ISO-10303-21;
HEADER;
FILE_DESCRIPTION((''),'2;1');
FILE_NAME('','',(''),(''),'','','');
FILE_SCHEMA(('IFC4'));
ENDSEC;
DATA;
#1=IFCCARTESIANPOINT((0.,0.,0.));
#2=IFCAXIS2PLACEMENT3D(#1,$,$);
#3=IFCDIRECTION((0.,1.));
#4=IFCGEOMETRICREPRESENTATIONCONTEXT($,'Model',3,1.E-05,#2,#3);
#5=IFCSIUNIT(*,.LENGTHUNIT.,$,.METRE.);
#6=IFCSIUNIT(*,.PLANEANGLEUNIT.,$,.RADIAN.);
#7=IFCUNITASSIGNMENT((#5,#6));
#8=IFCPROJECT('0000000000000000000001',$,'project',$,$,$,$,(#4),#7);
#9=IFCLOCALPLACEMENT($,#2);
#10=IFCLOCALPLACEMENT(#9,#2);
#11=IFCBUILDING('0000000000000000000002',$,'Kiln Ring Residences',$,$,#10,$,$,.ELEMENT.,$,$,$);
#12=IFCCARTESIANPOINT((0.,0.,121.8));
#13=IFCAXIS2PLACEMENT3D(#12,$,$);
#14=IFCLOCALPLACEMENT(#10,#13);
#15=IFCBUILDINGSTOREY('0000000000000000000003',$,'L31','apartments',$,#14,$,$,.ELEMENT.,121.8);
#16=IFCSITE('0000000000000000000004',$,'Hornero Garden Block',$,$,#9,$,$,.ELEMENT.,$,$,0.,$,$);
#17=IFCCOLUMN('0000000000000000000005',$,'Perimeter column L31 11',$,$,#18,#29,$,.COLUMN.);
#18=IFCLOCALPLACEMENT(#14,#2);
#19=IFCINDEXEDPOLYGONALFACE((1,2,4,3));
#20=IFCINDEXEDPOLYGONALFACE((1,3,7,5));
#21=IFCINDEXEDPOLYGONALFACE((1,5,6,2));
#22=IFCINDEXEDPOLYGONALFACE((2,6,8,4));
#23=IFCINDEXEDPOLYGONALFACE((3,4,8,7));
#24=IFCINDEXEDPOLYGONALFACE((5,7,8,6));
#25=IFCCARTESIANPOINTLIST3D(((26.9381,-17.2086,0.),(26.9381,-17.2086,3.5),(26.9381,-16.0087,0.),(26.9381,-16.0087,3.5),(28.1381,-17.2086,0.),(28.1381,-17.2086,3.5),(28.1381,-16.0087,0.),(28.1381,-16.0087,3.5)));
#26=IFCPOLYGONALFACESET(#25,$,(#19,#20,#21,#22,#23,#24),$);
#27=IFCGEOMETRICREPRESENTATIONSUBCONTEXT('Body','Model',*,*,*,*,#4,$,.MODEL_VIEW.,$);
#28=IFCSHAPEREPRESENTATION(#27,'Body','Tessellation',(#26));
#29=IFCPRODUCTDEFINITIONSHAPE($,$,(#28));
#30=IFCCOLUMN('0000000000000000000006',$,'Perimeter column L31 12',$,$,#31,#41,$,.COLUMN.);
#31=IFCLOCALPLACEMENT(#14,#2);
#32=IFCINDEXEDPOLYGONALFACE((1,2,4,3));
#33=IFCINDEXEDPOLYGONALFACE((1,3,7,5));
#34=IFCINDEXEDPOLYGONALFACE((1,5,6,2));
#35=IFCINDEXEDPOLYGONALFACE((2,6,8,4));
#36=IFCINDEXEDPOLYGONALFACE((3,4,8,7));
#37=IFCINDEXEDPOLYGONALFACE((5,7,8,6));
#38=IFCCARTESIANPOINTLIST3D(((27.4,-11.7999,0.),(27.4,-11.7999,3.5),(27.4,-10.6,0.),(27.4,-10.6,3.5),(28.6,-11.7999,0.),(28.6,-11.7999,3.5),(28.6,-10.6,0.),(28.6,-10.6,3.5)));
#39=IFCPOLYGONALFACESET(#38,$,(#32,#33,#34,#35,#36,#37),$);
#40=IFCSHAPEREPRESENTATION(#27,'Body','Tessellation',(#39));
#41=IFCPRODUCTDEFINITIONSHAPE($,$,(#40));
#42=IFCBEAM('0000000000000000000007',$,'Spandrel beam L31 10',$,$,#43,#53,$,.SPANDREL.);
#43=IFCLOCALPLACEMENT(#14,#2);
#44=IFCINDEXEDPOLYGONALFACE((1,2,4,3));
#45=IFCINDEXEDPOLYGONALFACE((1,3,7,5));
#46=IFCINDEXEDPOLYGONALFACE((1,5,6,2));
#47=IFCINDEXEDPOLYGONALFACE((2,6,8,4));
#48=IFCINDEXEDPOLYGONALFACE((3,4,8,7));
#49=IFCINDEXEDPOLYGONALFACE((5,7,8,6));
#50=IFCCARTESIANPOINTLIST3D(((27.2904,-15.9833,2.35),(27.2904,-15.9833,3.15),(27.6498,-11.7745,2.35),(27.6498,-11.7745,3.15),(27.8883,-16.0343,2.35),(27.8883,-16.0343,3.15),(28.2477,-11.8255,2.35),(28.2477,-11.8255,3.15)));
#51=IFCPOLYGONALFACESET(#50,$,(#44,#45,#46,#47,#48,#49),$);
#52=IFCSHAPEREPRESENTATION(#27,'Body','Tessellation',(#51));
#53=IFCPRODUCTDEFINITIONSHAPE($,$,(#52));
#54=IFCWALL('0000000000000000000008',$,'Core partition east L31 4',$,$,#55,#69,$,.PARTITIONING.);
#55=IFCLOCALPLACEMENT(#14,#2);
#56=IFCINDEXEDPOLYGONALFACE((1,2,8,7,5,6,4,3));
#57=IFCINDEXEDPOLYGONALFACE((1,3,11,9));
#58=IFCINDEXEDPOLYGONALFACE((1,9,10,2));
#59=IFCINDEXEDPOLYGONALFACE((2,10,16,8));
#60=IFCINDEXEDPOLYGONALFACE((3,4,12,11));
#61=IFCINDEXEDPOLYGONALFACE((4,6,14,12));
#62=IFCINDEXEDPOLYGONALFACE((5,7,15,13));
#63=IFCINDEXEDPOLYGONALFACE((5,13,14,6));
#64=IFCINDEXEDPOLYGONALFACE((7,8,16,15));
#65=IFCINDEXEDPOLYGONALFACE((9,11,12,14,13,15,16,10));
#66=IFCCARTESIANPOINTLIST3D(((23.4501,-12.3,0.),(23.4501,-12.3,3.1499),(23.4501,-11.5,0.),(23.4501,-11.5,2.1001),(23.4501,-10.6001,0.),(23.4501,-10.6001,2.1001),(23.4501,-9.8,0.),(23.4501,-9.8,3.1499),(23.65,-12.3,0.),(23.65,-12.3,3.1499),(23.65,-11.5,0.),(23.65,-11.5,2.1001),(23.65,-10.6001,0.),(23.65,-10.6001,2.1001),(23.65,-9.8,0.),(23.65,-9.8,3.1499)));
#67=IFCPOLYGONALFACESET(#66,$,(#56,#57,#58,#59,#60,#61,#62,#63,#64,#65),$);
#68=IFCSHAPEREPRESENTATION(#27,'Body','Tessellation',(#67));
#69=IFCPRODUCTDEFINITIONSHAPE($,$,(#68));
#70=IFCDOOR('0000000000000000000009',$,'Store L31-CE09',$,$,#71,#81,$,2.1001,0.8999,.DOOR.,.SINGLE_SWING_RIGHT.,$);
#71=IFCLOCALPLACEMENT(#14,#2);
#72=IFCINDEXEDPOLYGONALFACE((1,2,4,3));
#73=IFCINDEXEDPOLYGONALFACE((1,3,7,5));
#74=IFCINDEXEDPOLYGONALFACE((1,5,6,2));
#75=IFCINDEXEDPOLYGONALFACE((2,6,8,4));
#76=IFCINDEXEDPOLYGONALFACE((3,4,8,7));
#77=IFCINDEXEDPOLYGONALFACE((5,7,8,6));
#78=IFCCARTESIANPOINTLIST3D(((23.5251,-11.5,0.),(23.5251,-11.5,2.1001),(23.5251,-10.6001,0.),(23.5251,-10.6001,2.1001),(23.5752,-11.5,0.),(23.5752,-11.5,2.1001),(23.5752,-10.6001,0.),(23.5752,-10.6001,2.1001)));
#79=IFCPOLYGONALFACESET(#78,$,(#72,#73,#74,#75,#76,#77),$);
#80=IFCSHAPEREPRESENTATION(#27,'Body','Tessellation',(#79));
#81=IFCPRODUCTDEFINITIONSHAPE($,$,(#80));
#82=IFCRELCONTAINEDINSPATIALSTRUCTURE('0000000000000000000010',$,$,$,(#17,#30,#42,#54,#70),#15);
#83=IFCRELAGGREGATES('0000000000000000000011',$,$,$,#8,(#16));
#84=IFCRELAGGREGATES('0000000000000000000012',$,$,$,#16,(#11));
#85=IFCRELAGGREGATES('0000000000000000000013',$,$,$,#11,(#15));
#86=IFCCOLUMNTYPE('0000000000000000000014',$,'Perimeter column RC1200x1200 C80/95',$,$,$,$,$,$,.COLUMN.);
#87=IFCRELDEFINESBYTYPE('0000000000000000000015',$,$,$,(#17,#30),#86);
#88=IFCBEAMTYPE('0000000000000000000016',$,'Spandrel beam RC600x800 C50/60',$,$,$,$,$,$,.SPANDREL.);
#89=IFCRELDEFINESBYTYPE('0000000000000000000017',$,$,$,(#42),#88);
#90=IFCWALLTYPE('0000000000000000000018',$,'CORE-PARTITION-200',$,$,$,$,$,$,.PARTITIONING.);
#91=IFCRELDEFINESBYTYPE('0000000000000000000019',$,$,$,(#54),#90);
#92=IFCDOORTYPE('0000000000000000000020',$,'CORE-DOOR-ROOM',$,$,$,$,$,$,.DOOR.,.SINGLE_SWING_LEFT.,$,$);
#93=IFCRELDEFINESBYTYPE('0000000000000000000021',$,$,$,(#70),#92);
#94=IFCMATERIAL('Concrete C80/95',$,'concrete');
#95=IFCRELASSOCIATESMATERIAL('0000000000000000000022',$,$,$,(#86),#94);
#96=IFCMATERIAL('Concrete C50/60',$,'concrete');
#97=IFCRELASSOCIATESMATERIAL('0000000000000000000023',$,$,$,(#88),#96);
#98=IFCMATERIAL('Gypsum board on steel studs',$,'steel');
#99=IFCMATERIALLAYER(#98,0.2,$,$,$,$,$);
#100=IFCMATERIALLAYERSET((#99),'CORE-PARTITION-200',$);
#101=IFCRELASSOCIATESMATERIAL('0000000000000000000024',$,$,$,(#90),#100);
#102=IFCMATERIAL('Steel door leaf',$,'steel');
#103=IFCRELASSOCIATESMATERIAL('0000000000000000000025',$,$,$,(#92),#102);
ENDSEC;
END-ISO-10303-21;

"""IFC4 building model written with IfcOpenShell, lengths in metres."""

from ifc_helpers import new_model, si_unit, direction, frame, frame_2d, origin, origin_2d, place, context, subcontext, project, spatial, rectangle, extrude, material, layer, layer_set, material_profile, profile_set, type_object, element, fill, save


model = new_model("IFC4")

# Units and contexts
model_context = context("Model", 3, precision=1e-05, world=origin(), true_north=direction((0.0, 1.0)))
body_context = subcontext(model_context, "Body", "Model", "MODEL_VIEW")
ifc_project = project(units=[si_unit("LENGTHUNIT", "METRE"), si_unit("PLANEANGLEUNIT", "RADIAN")], contexts=[model_context])

# Site, building, storey
site_placement = place(None, origin())
site = spatial("IfcSite", under=ifc_project, at=site_placement, Name="Hornero Garden Block", CompositionType="ELEMENT", RefElevation=0.0)
building_placement = place(site_placement, origin())
building = spatial("IfcBuilding", under=site, at=building_placement, Name="Kiln Ring Residences", CompositionType="ELEMENT")
storey_placement = place(building_placement, frame((0.0, 0.0, 121.8)))
storey = spatial("IfcBuildingStorey", under=building, at=storey_placement, Name="L31", Description="apartments", CompositionType="ELEMENT", Elevation=121.8)

# Columns
ifc_material_1 = material(Name="Concrete C80/95", Category="concrete")
ifc_material_profile_1 = material_profile(ifc_material_1, rectangle(XDim=1.2, YDim=1.2, at=origin_2d()), Name="RC1200x1200")
ifc_profile_set_1 = profile_set([ifc_material_profile_1], Name="Concrete C80/95")
column_type = type_object("IfcColumnType", Name="Perimeter column RC1200x1200 C80/95", PredefinedType="COLUMN", material=ifc_profile_set_1)
for number, where, z_axis, x_axis, name in (
    (1, (27.5381, -16.6086, 0.0), (0.0, 0.0, 1.0), (1.0, 0.0, 0.0), "Perimeter column L31 11"),
    (2, (28.0, -11.2, 0.0), (0.0, 0.0, 1.0), (1.0, 0.0, 0.0), "Perimeter column L31 12"),
):
    element("IfcColumn", number, at=place(storey_placement, frame(where, z_axis=z_axis, x_axis=x_axis)), inside=storey, type_object=column_type, Name=name, PredefinedType="COLUMN", context=body_context, shape_type="SweptSolid", body=[
        extrude(rectangle(XDim=1.2, YDim=1.2, at=origin_2d()), origin(), (0.0, 0.0, 1.0), 3.5),
    ])

# Beam
ifc_material_2 = material(Name="Concrete C50/60", Category="concrete")
ifc_material_profile_2 = material_profile(ifc_material_2, rectangle(XDim=0.6001, YDim=0.8, at=origin_2d()), Name="RC600x800")
ifc_profile_set_2 = profile_set([ifc_material_profile_2], Name="Concrete C50/60")
beam_type = type_object("IfcBeamType", Name="Spandrel beam RC600x800 C50/60", PredefinedType="SPANDREL", material=ifc_profile_set_2)
beam_placement = place(storey_placement, frame((27.5894, -16.0088, 2.75), z_axis=(0.085078, 0.996374, 0.0), x_axis=(-0.996374, 0.085078, 0.0)))
element("IfcBeam", 3, at=beam_placement, inside=storey, type_object=beam_type, Name="Spandrel beam L31 10", PredefinedType="SPANDREL", context=body_context, shape_type="SweptSolid", body=[
    extrude(rectangle(XDim=0.6001, YDim=0.8, at=origin_2d()), origin(), (0.0, 0.0, 1.0), 4.2241),
])

# Wall, opening, door
ifc_material_3 = material(Name="Gypsum board on steel studs", Category="steel")
ifc_layer_1 = layer(ifc_material_3, 0.2)
ifc_layer_set_1 = layer_set([ifc_layer_1], Name="CORE-PARTITION-200")
wall_type_1 = type_object("IfcWallType", Name="CORE-PARTITION-200", PredefinedType="PARTITIONING", material=ifc_layer_set_1)
wall_1_placement = place(storey_placement, frame((23.55, -12.3, 0.0), z_axis=(0.0, 0.0, 1.0), x_axis=(0.0, 1.0, 0.0)))
wall_1 = element("IfcWall", 4, at=wall_1_placement, inside=storey, type_object=wall_type_1, Name="Core partition east L31 4", PredefinedType="PARTITIONING", context=body_context, shape_type="SweptSolid", body=[
    extrude(rectangle(XDim=2.5, YDim=0.2, at=frame_2d((1.25, 0.0))), origin(), (0.0, 0.0, 1.0), 3.1499),
])
opening_1_placement = place(wall_1_placement, frame((0.8, 0.0, 0.0)))
opening_1 = element("IfcOpeningElement", 5, at=opening_1_placement, cuts=wall_1, PredefinedType="OPENING", context=body_context, shape_type="SweptSolid", body=[
    extrude(rectangle(XDim=0.8999, YDim=2.1001, at=frame_2d((0.45, 1.05))), frame((0.0, 0.1099, 0.0), z_axis=(0.0, -1.0, 0.0), x_axis=(1.0, 0.0, 0.0)), (0.0, 0.0, 1.0), 0.22),
])
ifc_material_4 = material(Name="Steel door leaf", Category="steel")
door_type_1 = type_object("IfcDoorType", Name="CORE-DOOR-ROOM", OperationType="SINGLE_SWING_LEFT", PredefinedType="DOOR", material=ifc_material_4)
door_1_placement = place(opening_1_placement, origin())
door_1 = element("IfcDoor", 6, at=door_1_placement, inside=storey, type_object=door_type_1, Name="Store L31-CE09", OperationType="SINGLE_SWING_RIGHT", OverallHeight=2.1001, OverallWidth=0.8999, PredefinedType="DOOR", context=body_context, shape_type="SweptSolid", body=[
    extrude(rectangle(XDim=0.8999, YDim=2.1001, at=frame_2d((0.45, 1.05))), frame((0.0, 0.0249, 0.0), z_axis=(0.0, -1.0, 0.0), x_axis=(1.0, 0.0, 0.0)), (0.0, 0.0, 1.0), 0.05),
])
fill(opening_1, door_1)

save(model, "model.ifc")
